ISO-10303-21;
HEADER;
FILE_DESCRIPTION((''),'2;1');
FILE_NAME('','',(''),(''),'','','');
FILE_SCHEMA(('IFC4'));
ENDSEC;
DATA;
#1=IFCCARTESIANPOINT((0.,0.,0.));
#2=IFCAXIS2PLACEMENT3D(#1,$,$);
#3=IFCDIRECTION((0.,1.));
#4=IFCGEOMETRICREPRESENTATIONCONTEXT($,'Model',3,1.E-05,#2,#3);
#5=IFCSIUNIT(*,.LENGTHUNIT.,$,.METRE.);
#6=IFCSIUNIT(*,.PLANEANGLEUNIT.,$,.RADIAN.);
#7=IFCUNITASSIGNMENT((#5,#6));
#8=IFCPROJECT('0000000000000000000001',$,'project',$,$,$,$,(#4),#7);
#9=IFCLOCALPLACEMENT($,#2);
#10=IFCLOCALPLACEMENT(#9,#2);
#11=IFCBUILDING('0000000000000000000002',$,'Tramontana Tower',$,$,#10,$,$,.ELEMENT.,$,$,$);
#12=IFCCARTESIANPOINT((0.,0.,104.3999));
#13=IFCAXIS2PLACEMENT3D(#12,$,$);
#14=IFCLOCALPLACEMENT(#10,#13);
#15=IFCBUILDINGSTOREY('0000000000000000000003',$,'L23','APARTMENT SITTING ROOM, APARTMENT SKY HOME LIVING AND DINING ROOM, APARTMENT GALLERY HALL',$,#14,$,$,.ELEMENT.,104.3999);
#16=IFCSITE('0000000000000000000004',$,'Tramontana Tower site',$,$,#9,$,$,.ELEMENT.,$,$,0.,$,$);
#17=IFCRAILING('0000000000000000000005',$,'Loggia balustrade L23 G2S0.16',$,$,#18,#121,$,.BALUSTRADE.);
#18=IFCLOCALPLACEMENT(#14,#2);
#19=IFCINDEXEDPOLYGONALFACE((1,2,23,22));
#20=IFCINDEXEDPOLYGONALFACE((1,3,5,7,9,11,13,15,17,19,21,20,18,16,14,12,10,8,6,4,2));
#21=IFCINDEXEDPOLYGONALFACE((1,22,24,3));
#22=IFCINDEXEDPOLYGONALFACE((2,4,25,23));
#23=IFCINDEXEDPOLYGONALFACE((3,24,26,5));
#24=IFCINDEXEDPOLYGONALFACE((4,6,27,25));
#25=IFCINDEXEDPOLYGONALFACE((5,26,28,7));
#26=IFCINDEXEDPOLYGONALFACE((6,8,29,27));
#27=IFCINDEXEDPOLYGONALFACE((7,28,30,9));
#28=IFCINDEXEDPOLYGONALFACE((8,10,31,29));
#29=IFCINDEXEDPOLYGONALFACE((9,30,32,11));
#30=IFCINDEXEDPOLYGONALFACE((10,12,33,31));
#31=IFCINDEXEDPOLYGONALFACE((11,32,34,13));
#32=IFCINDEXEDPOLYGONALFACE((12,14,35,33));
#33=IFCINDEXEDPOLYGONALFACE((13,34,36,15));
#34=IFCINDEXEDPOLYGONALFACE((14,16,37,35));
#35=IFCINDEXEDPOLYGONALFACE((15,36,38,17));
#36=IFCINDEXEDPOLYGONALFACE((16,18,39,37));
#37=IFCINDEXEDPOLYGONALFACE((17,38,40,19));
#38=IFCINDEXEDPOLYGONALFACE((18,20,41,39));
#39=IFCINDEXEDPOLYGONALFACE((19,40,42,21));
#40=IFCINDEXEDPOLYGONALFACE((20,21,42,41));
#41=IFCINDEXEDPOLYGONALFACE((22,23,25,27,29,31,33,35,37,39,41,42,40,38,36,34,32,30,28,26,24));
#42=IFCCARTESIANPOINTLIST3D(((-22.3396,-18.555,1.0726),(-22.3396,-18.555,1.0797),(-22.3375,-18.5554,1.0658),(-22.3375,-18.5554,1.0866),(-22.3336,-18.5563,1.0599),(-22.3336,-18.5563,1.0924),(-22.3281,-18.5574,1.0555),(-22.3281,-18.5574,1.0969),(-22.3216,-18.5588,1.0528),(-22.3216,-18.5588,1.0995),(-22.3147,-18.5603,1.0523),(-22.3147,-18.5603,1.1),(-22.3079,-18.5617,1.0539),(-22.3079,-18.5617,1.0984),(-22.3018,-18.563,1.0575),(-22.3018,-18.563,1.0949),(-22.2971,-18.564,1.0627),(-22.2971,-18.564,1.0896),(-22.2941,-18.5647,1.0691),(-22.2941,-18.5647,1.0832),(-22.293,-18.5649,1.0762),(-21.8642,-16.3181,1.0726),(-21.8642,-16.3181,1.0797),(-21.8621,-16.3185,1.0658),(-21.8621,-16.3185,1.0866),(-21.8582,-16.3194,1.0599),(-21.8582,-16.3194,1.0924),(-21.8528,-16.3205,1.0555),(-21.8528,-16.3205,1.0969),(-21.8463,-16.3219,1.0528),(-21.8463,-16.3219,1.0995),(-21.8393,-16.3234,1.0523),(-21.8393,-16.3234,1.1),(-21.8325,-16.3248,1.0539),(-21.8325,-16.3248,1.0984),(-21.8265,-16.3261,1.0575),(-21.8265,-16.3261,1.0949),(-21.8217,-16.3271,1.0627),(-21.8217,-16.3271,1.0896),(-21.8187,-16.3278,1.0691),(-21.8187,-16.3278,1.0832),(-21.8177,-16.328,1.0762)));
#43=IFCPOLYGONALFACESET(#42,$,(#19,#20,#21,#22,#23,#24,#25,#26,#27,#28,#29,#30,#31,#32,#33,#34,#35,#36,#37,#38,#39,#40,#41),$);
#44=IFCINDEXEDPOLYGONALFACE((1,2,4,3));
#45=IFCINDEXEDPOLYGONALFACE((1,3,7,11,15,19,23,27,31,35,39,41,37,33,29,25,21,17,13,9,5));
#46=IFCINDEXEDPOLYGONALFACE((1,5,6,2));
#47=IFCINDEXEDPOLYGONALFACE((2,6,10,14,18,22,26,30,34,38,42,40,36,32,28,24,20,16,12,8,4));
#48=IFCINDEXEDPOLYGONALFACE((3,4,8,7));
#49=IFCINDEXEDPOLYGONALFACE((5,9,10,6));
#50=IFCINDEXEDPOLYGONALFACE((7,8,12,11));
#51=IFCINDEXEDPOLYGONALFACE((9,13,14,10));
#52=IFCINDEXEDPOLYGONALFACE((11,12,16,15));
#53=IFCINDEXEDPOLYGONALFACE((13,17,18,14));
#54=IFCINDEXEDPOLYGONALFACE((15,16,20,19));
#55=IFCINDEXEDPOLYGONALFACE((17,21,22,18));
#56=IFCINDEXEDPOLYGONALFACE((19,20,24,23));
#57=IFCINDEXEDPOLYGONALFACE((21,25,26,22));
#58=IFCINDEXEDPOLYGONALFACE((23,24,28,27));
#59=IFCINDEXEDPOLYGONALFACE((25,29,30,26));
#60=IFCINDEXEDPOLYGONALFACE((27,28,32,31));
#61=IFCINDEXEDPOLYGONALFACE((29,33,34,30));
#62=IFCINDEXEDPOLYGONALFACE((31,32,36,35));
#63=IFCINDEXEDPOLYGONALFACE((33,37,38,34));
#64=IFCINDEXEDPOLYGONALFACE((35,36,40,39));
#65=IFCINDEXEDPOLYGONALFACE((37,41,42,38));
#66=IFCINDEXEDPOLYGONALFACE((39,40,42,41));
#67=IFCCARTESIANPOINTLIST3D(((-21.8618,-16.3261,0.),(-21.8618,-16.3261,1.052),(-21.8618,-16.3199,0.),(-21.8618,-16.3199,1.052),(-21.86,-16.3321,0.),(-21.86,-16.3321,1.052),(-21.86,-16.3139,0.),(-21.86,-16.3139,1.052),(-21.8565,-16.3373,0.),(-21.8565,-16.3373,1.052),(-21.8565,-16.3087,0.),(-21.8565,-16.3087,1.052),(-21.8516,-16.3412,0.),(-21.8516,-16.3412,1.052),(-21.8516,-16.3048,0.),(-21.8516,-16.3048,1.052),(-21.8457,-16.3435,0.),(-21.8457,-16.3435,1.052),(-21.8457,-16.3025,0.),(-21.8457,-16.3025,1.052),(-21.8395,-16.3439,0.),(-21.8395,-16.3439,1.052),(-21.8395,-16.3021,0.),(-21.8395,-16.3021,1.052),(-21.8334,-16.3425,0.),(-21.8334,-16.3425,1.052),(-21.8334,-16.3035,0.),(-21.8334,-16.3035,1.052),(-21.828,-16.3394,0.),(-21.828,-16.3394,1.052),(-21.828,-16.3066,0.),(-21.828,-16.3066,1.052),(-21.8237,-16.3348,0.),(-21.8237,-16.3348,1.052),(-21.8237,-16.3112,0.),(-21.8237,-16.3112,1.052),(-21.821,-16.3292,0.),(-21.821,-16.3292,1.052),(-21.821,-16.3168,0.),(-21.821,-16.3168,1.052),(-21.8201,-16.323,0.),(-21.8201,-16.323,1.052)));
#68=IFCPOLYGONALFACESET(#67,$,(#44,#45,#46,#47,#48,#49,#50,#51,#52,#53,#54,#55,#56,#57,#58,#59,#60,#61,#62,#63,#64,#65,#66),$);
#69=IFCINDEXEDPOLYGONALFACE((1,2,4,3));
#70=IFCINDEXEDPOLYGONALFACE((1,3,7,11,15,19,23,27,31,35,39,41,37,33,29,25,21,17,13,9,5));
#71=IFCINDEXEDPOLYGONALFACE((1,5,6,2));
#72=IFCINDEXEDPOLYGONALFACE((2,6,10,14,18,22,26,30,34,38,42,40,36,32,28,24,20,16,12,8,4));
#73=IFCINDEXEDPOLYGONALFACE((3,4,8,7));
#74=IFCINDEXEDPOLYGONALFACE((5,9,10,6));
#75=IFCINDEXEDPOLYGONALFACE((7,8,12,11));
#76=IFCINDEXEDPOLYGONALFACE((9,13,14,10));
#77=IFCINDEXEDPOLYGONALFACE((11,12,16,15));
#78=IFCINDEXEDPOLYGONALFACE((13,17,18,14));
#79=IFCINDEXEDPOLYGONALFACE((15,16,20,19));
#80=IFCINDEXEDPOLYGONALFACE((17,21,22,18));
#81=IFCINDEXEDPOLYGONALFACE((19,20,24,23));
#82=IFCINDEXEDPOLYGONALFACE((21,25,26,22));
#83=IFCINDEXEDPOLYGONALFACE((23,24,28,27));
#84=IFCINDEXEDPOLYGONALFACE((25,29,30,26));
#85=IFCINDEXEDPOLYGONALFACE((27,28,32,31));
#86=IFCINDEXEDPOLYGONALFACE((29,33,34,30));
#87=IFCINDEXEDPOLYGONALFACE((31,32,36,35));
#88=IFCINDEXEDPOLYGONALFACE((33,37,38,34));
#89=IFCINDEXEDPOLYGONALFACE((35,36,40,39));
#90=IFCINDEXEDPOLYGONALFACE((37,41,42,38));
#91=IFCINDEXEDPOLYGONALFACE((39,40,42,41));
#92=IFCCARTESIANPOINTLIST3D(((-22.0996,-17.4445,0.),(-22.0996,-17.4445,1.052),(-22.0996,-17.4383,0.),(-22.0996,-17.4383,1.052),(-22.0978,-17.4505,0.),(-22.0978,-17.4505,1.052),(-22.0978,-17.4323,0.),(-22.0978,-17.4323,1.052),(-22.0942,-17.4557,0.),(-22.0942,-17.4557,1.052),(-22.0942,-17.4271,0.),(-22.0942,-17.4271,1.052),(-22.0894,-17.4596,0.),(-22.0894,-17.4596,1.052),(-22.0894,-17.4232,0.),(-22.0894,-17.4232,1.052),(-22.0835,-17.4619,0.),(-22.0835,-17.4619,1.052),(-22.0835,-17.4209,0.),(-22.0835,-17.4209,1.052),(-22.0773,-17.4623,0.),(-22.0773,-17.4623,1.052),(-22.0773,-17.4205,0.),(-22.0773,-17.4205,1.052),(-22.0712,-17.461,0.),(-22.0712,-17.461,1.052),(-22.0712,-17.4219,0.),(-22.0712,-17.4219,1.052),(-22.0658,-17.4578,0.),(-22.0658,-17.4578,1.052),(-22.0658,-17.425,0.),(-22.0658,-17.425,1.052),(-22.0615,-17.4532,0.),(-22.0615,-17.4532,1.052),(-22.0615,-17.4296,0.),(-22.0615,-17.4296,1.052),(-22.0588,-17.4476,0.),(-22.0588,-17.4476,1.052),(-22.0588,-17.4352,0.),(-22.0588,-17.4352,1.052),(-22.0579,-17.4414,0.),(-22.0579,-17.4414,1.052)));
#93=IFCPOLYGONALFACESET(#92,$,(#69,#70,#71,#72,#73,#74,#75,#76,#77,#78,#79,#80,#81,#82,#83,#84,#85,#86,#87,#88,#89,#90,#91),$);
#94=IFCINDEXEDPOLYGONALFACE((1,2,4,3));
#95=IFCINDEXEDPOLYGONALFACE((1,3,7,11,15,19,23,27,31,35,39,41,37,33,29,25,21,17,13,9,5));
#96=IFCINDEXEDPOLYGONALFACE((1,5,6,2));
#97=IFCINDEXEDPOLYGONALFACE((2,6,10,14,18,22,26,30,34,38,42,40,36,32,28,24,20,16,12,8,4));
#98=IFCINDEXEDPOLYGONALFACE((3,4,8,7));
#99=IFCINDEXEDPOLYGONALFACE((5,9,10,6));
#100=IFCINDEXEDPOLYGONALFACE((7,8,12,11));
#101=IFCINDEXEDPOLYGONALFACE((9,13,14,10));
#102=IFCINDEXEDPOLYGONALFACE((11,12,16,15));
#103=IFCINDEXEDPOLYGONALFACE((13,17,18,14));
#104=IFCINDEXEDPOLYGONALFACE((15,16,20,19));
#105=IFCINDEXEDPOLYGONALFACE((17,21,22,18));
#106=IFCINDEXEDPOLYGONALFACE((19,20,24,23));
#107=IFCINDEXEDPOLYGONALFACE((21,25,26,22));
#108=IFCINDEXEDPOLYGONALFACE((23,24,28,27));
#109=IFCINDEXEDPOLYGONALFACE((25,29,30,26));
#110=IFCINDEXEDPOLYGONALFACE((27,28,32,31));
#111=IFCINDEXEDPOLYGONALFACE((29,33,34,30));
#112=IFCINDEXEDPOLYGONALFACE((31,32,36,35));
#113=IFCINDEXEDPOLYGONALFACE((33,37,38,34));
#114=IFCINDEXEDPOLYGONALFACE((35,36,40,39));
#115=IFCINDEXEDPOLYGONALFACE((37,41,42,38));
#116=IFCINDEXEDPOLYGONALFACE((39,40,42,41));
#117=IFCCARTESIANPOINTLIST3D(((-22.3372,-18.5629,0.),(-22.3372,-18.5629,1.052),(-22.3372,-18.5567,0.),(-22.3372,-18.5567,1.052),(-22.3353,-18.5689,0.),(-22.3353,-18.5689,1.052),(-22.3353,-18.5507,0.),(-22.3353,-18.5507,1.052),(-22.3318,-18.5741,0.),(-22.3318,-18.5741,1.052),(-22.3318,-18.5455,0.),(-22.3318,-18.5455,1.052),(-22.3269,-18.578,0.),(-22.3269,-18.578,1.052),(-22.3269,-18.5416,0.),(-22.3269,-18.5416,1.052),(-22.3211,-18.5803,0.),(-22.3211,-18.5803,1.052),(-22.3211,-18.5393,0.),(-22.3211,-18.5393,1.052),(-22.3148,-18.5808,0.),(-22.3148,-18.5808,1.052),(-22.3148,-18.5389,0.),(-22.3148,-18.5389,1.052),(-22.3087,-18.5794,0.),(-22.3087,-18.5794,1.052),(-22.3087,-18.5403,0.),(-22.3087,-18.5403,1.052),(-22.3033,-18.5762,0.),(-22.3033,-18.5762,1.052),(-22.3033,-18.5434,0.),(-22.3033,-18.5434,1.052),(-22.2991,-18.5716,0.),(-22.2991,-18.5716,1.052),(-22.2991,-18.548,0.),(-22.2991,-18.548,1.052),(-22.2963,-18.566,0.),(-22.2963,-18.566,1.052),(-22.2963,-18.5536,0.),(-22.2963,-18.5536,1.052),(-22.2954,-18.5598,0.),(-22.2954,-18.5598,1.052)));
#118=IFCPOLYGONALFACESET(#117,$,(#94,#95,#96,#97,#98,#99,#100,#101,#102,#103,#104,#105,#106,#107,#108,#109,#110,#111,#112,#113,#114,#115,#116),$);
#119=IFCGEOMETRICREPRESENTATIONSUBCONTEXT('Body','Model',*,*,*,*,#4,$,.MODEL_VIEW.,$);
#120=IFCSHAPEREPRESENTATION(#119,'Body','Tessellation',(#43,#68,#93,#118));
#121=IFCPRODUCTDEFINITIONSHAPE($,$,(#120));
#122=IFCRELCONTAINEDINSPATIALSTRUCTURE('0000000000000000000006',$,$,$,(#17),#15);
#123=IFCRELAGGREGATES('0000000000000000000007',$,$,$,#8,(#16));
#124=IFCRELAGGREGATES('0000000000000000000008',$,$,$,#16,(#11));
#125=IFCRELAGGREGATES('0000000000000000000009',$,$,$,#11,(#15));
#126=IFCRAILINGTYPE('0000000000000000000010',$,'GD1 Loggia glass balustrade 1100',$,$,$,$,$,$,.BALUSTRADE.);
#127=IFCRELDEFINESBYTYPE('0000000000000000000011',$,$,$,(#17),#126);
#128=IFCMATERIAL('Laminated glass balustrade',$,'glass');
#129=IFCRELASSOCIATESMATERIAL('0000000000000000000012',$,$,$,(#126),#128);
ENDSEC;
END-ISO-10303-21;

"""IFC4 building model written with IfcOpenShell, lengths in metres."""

from ifc_helpers import new_model, si_unit, direction, frame, origin, origin_2d, place, context, subcontext, project, spatial, circle, extrude, material, type_object, element, save


model = new_model("IFC4")

# Units and contexts
model_context = context("Model", 3, precision=1e-05, world=origin(), true_north=direction((0.0, 1.0)))
body_context = subcontext(model_context, "Body", "Model", "MODEL_VIEW")
ifc_project = project(units=[si_unit("LENGTHUNIT", "METRE"), si_unit("PLANEANGLEUNIT", "RADIAN")], contexts=[model_context])

# Site, building, storey
site_placement = place(None, origin())
site = spatial("IfcSite", under=ifc_project, at=site_placement, Name="Tramontana Tower site", CompositionType="ELEMENT", RefElevation=0.0)
building_placement = place(site_placement, origin())
building = spatial("IfcBuilding", under=site, at=building_placement, Name="Tramontana Tower", CompositionType="ELEMENT")
storey_placement = place(building_placement, frame((0.0, 0.0, 104.3999)))
storey = spatial("IfcBuildingStorey", under=building, at=storey_placement, Name="L23", Description="APARTMENT SITTING ROOM, APARTMENT SKY HOME LIVING AND DINING ROOM, APARTMENT GALLERY HALL", CompositionType="ELEMENT", Elevation=104.3999)

# Railing
ifc_material_1 = material(Name="Laminated glass balustrade", Category="glass")
railing_type = type_object("IfcRailingType", Name="GD1 Loggia glass balustrade 1100", PredefinedType="BALUSTRADE", material=ifc_material_1)
railing_1_placement = place(storey_placement, frame((-21.8411, -16.323, 0.0)))
element("IfcRailing", 1, at=railing_1_placement, inside=storey, type_object=railing_type, Name="Loggia balustrade L23 G2S0.16", PredefinedType="BALUSTRADE", context=body_context, shape_type="SweptSolid", body=[
    extrude(circle(Radius=0.0239, at=origin_2d()), frame((0.0, 0.0, 1.0762), z_axis=(-0.207866, -0.978157, 0.0), x_axis=(0.978157, -0.207866, 0.0)), (0.0, 0.0, 1.0), 2.2869),
    extrude(circle(Radius=0.021, at=origin_2d()), origin(), (0.0, 0.0, 1.0), 1.052),
    extrude(circle(Radius=0.021, at=origin_2d()), frame((-0.2378, -1.1184, 0.0)), (0.0, 0.0, 1.0), 1.052),
    extrude(circle(Radius=0.021, at=origin_2d()), frame((-0.4753, -2.2368, 0.0)), (0.0, 0.0, 1.0), 1.052),
])

save(model, "model.ifc")
